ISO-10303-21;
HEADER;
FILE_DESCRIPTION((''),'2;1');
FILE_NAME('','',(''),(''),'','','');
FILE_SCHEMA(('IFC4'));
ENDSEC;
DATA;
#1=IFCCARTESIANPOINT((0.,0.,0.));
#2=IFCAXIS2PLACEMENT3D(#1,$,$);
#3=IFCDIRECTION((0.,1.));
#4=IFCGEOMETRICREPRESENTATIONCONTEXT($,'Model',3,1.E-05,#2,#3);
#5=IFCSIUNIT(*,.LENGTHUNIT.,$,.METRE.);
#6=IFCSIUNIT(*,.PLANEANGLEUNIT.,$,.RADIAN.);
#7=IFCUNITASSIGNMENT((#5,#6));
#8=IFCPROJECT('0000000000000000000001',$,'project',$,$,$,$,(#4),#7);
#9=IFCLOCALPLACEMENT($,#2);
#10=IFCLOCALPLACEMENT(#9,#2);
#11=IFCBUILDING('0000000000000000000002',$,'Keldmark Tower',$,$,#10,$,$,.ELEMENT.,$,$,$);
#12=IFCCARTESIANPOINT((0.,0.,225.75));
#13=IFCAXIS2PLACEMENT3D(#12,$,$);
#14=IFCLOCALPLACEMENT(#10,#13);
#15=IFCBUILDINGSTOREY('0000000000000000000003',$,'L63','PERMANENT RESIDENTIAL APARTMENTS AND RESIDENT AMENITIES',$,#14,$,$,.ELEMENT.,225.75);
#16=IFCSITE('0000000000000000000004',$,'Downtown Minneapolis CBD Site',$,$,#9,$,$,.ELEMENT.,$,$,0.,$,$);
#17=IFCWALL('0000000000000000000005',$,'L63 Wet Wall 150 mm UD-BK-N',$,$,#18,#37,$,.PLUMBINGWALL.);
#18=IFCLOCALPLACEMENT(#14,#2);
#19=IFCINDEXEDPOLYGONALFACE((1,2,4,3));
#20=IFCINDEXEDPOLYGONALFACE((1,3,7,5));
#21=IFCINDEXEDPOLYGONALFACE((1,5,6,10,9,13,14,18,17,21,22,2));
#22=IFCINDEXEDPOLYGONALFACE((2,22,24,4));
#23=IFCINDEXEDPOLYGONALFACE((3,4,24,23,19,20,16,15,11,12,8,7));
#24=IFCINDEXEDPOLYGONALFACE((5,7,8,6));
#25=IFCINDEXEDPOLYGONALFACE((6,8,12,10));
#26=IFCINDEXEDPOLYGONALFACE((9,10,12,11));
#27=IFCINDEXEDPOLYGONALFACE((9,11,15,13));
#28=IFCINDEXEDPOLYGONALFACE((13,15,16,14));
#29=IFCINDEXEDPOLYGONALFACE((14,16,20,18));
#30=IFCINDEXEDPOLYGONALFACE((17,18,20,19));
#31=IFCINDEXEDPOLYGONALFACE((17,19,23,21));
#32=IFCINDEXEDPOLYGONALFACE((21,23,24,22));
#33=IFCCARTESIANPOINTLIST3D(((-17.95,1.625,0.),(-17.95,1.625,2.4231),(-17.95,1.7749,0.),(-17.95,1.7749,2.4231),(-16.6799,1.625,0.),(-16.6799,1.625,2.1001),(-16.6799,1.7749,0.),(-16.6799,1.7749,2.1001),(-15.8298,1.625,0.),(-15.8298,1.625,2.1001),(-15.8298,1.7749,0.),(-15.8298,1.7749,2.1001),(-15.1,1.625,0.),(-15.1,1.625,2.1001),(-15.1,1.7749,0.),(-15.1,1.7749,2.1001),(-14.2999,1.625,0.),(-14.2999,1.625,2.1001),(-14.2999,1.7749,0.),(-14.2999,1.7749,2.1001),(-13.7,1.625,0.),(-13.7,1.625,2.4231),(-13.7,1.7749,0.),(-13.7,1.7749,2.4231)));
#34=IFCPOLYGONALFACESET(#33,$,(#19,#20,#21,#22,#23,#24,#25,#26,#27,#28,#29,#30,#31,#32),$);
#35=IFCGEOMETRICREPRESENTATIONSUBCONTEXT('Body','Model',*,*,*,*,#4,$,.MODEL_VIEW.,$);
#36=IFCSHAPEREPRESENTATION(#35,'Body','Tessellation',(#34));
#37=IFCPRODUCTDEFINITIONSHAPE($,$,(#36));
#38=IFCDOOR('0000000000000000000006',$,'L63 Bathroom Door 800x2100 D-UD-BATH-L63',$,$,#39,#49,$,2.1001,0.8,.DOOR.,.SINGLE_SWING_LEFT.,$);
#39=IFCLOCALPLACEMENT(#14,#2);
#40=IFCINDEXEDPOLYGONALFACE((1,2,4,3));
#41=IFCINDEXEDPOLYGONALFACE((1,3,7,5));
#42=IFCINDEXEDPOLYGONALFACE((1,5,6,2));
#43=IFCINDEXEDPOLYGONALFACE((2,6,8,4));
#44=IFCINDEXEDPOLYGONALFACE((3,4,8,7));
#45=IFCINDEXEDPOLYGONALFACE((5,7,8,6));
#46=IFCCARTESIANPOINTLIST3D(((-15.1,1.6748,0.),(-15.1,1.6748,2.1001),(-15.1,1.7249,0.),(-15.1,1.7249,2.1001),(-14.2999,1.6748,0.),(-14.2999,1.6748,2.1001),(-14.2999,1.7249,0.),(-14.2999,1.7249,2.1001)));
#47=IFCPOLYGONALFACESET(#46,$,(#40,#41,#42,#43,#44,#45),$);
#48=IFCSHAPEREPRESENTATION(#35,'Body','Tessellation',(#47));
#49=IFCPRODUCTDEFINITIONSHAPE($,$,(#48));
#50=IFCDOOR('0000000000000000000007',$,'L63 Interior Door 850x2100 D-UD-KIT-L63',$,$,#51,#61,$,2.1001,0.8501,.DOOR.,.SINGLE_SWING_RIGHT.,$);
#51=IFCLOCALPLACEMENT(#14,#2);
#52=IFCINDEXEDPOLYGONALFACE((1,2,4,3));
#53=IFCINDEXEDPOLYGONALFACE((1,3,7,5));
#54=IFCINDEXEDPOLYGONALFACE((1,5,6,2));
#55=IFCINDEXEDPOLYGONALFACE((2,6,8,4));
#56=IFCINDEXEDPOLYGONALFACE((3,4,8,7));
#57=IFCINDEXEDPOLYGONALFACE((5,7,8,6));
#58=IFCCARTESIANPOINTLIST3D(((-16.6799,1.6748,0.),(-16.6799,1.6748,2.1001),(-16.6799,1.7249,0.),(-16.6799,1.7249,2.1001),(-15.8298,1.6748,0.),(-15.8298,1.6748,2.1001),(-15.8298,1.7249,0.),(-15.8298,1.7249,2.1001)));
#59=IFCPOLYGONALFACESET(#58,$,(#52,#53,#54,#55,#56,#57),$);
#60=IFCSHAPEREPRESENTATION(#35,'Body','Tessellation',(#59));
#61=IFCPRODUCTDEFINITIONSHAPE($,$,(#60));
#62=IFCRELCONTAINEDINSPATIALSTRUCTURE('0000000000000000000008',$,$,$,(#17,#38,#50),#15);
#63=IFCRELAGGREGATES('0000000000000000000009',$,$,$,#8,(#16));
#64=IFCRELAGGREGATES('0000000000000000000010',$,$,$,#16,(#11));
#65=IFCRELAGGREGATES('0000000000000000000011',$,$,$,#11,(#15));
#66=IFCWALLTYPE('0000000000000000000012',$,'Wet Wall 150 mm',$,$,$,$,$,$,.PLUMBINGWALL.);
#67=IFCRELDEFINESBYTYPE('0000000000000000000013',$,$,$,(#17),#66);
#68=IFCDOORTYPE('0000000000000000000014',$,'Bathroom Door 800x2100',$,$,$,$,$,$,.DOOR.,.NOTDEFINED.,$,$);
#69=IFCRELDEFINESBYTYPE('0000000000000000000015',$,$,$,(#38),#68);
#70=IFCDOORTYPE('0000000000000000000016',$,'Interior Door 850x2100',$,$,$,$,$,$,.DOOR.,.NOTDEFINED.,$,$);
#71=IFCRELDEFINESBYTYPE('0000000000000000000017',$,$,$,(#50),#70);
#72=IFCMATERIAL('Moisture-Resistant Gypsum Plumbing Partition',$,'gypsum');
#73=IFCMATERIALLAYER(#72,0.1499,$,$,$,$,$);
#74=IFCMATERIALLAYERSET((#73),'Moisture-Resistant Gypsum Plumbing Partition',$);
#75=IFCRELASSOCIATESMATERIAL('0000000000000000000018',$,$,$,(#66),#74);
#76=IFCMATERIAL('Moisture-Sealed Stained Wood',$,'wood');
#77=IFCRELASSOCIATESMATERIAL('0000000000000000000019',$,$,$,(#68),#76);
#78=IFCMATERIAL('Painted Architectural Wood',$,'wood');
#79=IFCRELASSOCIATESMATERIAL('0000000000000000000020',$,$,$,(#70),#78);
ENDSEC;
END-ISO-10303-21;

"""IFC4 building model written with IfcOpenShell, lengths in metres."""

from ifc_helpers import new_model, si_unit, direction, frame, frame_2d, origin, place, context, subcontext, project, spatial, rectangle, extrude, material, layer, layer_set, type_object, element, fill, save


model = new_model("IFC4")

# Units and contexts
model_context = context("Model", 3, precision=1e-05, world=origin(), true_north=direction((0.0, 1.0)))
body_context = subcontext(model_context, "Body", "Model", "MODEL_VIEW")
ifc_project = project(units=[si_unit("LENGTHUNIT", "METRE"), si_unit("PLANEANGLEUNIT", "RADIAN")], contexts=[model_context])

# Site, building, storey
site_placement = place(None, origin())
site = spatial("IfcSite", under=ifc_project, at=site_placement, Name="Downtown Minneapolis CBD Site", CompositionType="ELEMENT", RefElevation=0.0)
building_placement = place(site_placement, origin())
building = spatial("IfcBuilding", under=site, at=building_placement, Name="Keldmark Tower", CompositionType="ELEMENT")
storey_placement = place(building_placement, frame((0.0, 0.0, 225.75)))
storey = spatial("IfcBuildingStorey", under=building, at=storey_placement, Name="L63", Description="PERMANENT RESIDENTIAL APARTMENTS AND RESIDENT AMENITIES", CompositionType="ELEMENT", Elevation=225.75)

# Wall, openings, doors
ifc_material_1 = material(Name="Moisture-Resistant Gypsum Plumbing Partition", Category="gypsum")
ifc_layer_1 = layer(ifc_material_1, 0.1499)
ifc_layer_set_1 = layer_set([ifc_layer_1], Name="Moisture-Resistant Gypsum Plumbing Partition")
wall_type_1 = type_object("IfcWallType", Name="Wet Wall 150 mm", PredefinedType="PLUMBINGWALL", material=ifc_layer_set_1)
wall_1_placement = place(storey_placement, frame((-17.95, 1.7, 0.0), z_axis=(0.0, 0.0, 1.0), x_axis=(1.0, 0.0, 0.0)))
wall_1 = element("IfcWall", 1, at=wall_1_placement, inside=storey, type_object=wall_type_1, Name="L63 Wet Wall 150 mm UD-BK-N", PredefinedType="PLUMBINGWALL", context=body_context, shape_type="SweptSolid", body=[
    extrude(rectangle(XDim=4.25, YDim=0.1499, at=frame_2d((2.125, 0.0))), origin(), (0.0, 0.0, 1.0), 2.4231),
])
opening_1_placement = place(wall_1_placement, frame((2.8501, 0.0, 0.0)))
opening_1 = element("IfcOpeningElement", 2, at=opening_1_placement, cuts=wall_1, PredefinedType="OPENING", context=body_context, shape_type="SweptSolid", body=[
    extrude(rectangle(XDim=0.8, YDim=2.1001, at=frame_2d((0.3999, 1.05))), frame((0.0, 0.085, 0.0), z_axis=(0.0, -1.0, 0.0), x_axis=(1.0, 0.0, 0.0)), (0.0, 0.0, 1.0), 0.1699),
])
opening_2_placement = place(wall_1_placement, frame((1.27, 0.0, 0.0)))
opening_2 = element("IfcOpeningElement", 3, at=opening_2_placement, cuts=wall_1, PredefinedType="OPENING", context=body_context, shape_type="SweptSolid", body=[
    extrude(rectangle(XDim=0.8501, YDim=2.1001, at=frame_2d((0.425, 1.05))), frame((0.0, 0.085, 0.0), z_axis=(0.0, -1.0, 0.0), x_axis=(1.0, 0.0, 0.0)), (0.0, 0.0, 1.0), 0.1699),
])
ifc_material_2 = material(Name="Moisture-Sealed Stained Wood", Category="wood")
door_type_1 = type_object("IfcDoorType", Name="Bathroom Door 800x2100", OperationType="NOTDEFINED", PredefinedType="DOOR", material=ifc_material_2)
door_1_placement = place(opening_1_placement, origin())
door_1 = element("IfcDoor", 4, at=door_1_placement, inside=storey, type_object=door_type_1, Name="L63 Bathroom Door 800x2100 D-UD-BATH-L63", OperationType="SINGLE_SWING_LEFT", OverallHeight=2.1001, OverallWidth=0.8, PredefinedType="DOOR", context=body_context, shape_type="SweptSolid", body=[
    extrude(rectangle(XDim=0.8, YDim=2.1001, at=frame_2d((0.3999, 1.05))), frame((0.0, 0.0249, 0.0), z_axis=(0.0, -1.0, 0.0), x_axis=(1.0, 0.0, 0.0)), (0.0, 0.0, 1.0), 0.05),
])
fill(opening_1, door_1)
ifc_material_3 = material(Name="Painted Architectural Wood", Category="wood")
door_type_2 = type_object("IfcDoorType", Name="Interior Door 850x2100", OperationType="NOTDEFINED", PredefinedType="DOOR", material=ifc_material_3)
door_2_placement = place(opening_2_placement, origin())
door_2 = element("IfcDoor", 5, at=door_2_placement, inside=storey, type_object=door_type_2, Name="L63 Interior Door 850x2100 D-UD-KIT-L63", OperationType="SINGLE_SWING_RIGHT", OverallHeight=2.1001, OverallWidth=0.8501, PredefinedType="DOOR", context=body_context, shape_type="SweptSolid", body=[
    extrude(rectangle(XDim=0.8501, YDim=2.1001, at=frame_2d((0.425, 1.05))), frame((0.0, 0.0249, 0.0), z_axis=(0.0, -1.0, 0.0), x_axis=(1.0, 0.0, 0.0)), (0.0, 0.0, 1.0), 0.05),
])
fill(opening_2, door_2)

save(model, "model.ifc")
